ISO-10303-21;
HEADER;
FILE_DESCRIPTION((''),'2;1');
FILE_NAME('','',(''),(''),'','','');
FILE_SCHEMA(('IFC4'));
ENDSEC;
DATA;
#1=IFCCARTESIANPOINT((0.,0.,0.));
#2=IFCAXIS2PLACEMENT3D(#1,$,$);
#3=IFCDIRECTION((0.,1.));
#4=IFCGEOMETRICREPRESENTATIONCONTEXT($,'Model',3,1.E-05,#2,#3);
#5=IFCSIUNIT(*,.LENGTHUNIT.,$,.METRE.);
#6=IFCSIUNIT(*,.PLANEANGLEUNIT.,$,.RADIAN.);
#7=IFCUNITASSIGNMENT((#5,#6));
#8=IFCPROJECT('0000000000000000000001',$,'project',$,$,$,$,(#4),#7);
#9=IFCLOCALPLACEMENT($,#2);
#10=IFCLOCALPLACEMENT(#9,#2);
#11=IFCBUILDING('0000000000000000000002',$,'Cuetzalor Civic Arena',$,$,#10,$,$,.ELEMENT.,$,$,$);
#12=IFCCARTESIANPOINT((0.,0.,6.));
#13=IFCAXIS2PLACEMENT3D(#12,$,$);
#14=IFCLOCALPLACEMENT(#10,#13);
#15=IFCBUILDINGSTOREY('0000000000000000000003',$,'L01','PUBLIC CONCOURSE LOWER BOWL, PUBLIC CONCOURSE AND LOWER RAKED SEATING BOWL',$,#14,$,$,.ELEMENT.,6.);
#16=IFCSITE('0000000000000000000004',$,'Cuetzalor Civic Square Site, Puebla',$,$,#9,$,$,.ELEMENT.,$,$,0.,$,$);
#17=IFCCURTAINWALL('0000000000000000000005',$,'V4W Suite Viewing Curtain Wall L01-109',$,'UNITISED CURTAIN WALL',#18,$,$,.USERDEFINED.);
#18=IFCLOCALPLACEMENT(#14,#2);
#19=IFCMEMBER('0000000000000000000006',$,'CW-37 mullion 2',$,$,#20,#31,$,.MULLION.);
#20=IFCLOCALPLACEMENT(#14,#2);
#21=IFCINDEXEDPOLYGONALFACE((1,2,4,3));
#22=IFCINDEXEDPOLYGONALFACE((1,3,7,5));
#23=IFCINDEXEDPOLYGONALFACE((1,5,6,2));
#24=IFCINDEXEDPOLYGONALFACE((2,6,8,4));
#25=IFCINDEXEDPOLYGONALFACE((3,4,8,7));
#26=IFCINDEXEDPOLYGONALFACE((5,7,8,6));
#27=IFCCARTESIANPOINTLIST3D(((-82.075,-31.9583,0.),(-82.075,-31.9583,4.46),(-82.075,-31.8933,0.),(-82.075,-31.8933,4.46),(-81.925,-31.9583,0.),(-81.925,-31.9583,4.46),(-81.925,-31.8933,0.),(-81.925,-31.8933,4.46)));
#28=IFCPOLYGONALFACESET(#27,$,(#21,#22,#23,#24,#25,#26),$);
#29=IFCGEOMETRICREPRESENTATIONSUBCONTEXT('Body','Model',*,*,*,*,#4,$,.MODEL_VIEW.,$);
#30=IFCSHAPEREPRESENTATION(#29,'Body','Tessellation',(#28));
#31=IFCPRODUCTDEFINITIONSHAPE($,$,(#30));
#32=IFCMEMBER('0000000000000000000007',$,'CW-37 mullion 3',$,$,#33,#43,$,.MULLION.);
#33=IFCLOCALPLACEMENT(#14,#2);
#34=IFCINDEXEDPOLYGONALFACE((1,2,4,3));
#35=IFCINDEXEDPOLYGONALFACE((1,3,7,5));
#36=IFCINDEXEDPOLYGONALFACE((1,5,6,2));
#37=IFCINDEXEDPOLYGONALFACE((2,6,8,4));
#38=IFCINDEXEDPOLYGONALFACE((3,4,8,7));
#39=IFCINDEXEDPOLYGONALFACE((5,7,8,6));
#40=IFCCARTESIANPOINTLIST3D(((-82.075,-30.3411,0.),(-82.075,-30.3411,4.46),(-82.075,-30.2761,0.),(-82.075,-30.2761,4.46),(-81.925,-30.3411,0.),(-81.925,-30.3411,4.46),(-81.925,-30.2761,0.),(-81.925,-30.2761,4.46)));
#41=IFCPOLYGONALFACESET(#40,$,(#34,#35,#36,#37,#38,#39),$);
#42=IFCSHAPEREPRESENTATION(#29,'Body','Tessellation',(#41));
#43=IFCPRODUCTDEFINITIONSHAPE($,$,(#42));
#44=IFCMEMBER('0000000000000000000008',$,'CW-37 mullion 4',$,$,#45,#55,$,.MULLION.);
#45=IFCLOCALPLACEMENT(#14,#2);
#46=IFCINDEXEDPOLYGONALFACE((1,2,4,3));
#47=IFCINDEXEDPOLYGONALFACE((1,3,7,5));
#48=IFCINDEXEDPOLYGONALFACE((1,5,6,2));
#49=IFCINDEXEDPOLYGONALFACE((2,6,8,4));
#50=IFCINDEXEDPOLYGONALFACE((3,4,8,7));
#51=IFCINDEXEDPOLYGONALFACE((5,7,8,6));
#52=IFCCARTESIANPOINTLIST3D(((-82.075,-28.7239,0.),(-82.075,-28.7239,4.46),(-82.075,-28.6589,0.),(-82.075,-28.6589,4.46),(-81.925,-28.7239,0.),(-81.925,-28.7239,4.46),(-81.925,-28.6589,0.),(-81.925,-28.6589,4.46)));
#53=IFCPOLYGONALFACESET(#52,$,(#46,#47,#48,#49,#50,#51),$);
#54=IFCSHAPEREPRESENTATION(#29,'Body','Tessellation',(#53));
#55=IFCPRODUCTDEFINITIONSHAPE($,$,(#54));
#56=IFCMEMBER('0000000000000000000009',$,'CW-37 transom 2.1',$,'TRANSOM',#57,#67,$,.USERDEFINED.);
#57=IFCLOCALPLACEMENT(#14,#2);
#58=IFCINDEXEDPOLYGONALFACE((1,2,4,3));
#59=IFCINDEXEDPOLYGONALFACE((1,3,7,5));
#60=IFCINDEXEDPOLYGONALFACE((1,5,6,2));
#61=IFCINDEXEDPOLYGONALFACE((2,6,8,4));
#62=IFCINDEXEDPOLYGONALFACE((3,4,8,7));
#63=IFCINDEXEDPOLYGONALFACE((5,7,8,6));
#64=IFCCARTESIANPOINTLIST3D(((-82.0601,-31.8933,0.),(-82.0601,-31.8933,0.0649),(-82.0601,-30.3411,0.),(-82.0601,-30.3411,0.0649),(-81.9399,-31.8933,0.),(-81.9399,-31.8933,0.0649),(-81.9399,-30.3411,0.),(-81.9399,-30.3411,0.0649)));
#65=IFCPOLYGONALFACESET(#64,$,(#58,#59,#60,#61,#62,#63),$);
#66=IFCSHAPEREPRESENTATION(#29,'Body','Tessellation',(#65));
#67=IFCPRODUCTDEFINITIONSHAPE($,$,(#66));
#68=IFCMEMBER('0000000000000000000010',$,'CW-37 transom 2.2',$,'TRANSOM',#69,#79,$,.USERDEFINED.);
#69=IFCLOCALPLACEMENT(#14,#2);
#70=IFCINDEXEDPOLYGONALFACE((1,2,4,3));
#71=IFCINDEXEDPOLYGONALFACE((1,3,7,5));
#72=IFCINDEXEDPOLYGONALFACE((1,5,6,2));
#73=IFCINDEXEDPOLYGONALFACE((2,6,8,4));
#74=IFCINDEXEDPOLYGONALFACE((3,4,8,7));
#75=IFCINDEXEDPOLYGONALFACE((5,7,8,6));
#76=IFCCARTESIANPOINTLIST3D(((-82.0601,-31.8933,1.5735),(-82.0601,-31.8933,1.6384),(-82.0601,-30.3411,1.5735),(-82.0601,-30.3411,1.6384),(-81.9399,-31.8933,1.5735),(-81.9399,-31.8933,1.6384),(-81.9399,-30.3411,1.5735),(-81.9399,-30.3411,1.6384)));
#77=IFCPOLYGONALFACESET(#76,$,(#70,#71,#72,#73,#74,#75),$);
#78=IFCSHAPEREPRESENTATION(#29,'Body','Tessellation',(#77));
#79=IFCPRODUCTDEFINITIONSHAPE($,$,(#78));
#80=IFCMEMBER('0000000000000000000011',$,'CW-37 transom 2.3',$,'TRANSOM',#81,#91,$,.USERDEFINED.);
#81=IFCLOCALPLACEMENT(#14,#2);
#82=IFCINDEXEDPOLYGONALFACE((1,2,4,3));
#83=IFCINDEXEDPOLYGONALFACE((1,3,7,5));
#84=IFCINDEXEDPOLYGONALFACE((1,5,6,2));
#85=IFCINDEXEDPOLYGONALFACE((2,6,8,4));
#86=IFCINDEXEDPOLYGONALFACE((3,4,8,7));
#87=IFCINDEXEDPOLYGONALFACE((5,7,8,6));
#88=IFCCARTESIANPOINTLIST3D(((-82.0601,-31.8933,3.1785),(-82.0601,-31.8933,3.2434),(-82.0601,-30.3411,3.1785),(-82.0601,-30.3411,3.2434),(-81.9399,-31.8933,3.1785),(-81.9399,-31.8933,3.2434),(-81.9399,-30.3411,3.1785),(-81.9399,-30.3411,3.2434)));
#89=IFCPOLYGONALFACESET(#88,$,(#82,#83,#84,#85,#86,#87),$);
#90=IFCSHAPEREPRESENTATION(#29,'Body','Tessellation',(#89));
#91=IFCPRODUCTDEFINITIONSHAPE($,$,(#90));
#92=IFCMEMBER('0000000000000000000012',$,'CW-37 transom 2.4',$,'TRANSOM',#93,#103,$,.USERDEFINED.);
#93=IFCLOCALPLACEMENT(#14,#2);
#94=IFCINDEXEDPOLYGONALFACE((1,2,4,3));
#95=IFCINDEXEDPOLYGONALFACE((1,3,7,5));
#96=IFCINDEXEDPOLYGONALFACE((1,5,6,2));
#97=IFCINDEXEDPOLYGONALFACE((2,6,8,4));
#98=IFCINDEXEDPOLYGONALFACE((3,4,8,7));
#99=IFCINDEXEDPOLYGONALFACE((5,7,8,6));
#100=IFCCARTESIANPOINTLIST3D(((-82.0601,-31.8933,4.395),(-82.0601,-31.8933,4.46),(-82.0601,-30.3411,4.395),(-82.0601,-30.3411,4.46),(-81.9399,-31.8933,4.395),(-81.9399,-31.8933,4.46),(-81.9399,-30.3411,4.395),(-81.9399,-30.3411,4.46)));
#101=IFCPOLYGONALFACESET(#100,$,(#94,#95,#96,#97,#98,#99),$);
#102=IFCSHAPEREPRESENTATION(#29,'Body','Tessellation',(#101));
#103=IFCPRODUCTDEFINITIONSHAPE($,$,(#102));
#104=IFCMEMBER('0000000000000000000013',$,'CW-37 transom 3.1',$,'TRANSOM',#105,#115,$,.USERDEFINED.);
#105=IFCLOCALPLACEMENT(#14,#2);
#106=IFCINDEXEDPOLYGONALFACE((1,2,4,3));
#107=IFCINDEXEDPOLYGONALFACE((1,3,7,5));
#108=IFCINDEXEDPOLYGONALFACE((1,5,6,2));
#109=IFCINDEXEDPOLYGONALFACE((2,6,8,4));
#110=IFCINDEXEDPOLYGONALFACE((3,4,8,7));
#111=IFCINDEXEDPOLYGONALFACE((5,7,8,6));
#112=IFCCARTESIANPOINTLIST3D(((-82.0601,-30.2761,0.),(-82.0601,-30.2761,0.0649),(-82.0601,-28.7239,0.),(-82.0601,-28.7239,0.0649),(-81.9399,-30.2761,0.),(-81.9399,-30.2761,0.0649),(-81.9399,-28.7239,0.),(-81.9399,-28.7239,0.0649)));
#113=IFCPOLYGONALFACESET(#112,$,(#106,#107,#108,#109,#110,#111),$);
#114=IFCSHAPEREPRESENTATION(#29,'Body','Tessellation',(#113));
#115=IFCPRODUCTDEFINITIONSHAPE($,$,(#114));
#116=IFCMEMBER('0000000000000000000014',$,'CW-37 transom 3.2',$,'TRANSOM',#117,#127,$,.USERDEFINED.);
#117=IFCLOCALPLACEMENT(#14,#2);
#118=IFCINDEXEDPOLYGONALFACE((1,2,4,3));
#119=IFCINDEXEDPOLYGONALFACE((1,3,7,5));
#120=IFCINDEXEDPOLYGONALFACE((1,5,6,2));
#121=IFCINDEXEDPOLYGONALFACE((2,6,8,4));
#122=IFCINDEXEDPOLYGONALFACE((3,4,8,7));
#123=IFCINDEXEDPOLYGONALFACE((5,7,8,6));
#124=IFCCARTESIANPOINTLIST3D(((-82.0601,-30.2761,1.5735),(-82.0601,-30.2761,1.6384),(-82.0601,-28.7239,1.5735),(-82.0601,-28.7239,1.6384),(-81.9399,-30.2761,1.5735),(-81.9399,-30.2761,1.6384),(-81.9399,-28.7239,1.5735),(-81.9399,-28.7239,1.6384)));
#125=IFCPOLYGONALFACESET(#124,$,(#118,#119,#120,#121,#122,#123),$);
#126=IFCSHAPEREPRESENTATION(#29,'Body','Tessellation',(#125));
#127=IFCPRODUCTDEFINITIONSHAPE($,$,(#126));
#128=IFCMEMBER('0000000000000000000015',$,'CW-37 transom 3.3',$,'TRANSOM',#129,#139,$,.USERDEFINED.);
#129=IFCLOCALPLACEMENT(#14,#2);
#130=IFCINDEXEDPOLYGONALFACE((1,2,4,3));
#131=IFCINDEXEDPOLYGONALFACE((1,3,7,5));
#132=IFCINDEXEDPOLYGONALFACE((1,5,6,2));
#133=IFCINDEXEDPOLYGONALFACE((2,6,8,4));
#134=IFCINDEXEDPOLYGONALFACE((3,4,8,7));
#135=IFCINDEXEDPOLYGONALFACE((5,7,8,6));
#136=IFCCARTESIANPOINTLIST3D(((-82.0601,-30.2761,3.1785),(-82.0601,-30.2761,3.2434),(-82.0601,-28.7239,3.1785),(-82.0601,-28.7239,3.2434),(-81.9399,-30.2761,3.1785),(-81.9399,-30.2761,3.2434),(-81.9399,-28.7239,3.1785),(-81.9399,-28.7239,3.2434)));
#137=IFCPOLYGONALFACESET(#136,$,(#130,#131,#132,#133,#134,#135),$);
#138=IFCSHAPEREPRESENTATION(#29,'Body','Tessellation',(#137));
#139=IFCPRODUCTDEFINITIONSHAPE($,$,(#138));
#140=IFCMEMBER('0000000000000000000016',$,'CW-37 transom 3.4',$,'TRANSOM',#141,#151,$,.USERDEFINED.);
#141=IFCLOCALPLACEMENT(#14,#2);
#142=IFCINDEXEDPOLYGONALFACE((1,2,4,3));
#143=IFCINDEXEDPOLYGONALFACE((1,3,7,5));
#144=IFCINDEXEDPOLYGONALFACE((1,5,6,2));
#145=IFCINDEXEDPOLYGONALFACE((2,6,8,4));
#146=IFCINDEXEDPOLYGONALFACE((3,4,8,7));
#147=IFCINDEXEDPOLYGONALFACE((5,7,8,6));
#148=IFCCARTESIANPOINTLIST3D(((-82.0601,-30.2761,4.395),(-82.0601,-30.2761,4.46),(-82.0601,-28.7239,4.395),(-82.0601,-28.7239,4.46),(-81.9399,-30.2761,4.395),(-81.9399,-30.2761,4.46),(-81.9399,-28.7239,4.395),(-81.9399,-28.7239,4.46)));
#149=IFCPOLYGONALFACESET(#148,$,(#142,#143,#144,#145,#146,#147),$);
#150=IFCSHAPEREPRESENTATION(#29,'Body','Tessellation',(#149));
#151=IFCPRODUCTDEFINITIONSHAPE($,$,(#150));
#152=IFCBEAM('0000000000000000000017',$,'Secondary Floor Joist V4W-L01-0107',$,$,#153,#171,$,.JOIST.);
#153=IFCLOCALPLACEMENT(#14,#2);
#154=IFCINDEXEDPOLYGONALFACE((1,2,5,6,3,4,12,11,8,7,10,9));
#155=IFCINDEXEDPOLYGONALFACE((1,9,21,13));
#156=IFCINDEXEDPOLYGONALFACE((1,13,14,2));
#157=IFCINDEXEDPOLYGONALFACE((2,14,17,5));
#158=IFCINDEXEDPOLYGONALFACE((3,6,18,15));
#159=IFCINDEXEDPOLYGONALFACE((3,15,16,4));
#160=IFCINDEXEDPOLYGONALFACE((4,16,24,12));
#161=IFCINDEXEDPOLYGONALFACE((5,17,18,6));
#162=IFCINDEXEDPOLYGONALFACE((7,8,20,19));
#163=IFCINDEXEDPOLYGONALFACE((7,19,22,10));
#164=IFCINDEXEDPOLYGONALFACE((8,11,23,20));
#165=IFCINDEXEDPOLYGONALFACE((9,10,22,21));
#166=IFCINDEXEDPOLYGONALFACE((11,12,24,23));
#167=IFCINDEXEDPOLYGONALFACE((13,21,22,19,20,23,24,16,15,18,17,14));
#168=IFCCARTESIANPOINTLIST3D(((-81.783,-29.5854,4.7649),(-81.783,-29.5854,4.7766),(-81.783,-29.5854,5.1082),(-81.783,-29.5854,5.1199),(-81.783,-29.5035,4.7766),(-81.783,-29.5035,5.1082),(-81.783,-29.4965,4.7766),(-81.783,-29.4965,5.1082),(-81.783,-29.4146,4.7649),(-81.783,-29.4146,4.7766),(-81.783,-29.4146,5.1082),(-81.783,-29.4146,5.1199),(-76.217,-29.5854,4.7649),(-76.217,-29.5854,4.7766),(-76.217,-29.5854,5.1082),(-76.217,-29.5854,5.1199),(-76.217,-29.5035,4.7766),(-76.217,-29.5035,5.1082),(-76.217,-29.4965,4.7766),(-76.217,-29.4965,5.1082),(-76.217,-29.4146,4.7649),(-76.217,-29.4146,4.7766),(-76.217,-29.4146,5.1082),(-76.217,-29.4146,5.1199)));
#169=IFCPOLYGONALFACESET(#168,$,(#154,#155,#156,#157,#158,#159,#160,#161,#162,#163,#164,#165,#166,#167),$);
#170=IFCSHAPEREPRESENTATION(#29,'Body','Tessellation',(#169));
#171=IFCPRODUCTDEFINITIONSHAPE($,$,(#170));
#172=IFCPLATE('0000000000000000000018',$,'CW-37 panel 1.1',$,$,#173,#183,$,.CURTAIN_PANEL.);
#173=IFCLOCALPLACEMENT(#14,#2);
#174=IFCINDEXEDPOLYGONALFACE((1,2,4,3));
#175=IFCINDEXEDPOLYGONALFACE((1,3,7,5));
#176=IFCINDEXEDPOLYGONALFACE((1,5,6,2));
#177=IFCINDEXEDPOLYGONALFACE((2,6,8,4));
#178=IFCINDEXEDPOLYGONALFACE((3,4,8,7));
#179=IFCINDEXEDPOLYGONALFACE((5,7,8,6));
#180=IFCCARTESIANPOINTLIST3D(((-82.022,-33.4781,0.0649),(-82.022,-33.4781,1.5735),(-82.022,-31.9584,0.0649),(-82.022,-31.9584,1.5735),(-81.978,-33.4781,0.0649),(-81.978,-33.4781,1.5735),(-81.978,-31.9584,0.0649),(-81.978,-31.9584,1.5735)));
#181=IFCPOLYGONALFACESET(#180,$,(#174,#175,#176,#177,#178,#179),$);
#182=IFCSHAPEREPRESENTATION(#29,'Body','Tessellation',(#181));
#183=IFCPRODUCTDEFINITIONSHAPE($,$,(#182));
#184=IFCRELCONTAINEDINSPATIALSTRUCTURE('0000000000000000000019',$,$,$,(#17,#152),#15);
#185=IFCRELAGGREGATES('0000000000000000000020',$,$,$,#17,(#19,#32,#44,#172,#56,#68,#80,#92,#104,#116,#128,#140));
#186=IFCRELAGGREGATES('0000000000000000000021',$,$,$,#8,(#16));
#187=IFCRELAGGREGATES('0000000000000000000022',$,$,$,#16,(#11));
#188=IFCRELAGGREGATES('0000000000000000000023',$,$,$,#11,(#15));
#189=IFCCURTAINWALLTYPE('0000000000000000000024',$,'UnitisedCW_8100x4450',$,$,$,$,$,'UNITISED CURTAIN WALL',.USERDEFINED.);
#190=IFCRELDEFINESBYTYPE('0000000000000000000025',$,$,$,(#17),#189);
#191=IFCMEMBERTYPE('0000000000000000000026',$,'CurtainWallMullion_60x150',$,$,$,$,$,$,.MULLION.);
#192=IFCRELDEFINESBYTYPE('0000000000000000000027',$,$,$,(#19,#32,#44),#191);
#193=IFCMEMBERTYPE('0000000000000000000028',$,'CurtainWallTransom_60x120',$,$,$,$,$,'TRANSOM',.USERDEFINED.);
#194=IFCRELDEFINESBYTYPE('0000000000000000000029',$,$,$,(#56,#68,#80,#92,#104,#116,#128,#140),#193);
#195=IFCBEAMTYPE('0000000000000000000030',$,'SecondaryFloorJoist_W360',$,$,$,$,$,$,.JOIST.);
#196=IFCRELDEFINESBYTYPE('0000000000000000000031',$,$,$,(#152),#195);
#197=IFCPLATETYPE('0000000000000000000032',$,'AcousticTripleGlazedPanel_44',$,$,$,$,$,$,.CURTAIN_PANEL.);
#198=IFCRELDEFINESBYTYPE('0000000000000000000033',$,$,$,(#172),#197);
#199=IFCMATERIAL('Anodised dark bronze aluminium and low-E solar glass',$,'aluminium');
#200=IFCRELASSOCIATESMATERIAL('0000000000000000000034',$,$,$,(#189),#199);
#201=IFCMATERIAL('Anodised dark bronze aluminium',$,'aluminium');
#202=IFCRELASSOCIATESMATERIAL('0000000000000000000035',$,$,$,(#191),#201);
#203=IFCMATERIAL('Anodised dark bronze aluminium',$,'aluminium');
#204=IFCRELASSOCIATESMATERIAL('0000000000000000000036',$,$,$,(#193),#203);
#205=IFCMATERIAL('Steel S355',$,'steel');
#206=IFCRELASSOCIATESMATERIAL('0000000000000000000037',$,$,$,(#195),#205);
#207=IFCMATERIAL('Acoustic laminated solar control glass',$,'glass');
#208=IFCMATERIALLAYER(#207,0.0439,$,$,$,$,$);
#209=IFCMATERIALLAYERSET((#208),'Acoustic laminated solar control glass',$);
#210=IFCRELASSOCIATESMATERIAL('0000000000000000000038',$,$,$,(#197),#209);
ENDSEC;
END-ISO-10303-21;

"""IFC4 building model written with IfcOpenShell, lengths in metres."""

from ifc_helpers import new_model, si_unit, direction, frame, origin, origin_2d, place, context, subcontext, project, spatial, rectangle, i_section, extrude, material, layer, layer_set, material_profile, profile_set, type_object, element, aggregate, save


model = new_model("IFC4")

# Units and contexts
model_context = context("Model", 3, precision=1e-05, world=origin(), true_north=direction((0.0, 1.0)))
body_context = subcontext(model_context, "Body", "Model", "MODEL_VIEW")
ifc_project = project(units=[si_unit("LENGTHUNIT", "METRE"), si_unit("PLANEANGLEUNIT", "RADIAN")], contexts=[model_context])

# Site, building, storey
site_placement = place(None, origin())
site = spatial("IfcSite", under=ifc_project, at=site_placement, Name="Cuetzalor Civic Square Site, Puebla", CompositionType="ELEMENT", RefElevation=0.0)
building_placement = place(site_placement, origin())
building = spatial("IfcBuilding", under=site, at=building_placement, Name="Cuetzalor Civic Arena", CompositionType="ELEMENT")
storey_placement = place(building_placement, frame((0.0, 0.0, 6.0)))
storey = spatial("IfcBuildingStorey", under=building, at=storey_placement, Name="L01", Description="PUBLIC CONCOURSE LOWER BOWL, PUBLIC CONCOURSE AND LOWER RAKED SEATING BOWL", CompositionType="ELEMENT", Elevation=6.0)

# Curtain wall, members
ifc_material_1 = material(Name="Anodised dark bronze aluminium and low-E solar glass", Category="aluminium")
curtain_wall_type = type_object("IfcCurtainWallType", Name="UnitisedCW_8100x4450", ElementType="UNITISED CURTAIN WALL", PredefinedType="USERDEFINED", material=ifc_material_1)
curtain_wall_placement = place(storey_placement, origin())
curtain_wall = element("IfcCurtainWall", 1, at=curtain_wall_placement, inside=storey, type_object=curtain_wall_type, Name="V4W Suite Viewing Curtain Wall L01-109", ObjectType="UNITISED CURTAIN WALL", PredefinedType="USERDEFINED")
ifc_material_2 = material(Name="Anodised dark bronze aluminium", Category="aluminium")
ifc_material_profile_1 = material_profile(ifc_material_2, rectangle(XDim=0.0649, YDim=0.1499, at=origin_2d()), Name="ALU MULLION 65x150")
ifc_profile_set_1 = profile_set([ifc_material_profile_1], Name="Anodised dark bronze aluminium")
member_type_1 = type_object("IfcMemberType", Name="CurtainWallMullion_60x150", PredefinedType="MULLION", material=ifc_profile_set_1)
member_1_placement = place(storey_placement, frame((-82.0, -31.9258, 0.0), z_axis=(0.0, 0.0, 1.0), x_axis=(0.0, 1.0, 0.0)))
member_1 = element("IfcMember", 2, at=member_1_placement, type_object=member_type_1, Name="CW-37 mullion 2", PredefinedType="MULLION", context=body_context, shape_type="SweptSolid", body=[
    extrude(rectangle(XDim=0.0649, YDim=0.1499, at=origin_2d()), origin(), (0.0, 0.0, 1.0), 4.46),
])
member_2_placement = place(storey_placement, frame((-82.0, -30.3086, 0.0), z_axis=(0.0, 0.0, 1.0), x_axis=(0.0, 1.0, 0.0)))
member_2 = element("IfcMember", 3, at=member_2_placement, type_object=member_type_1, Name="CW-37 mullion 3", PredefinedType="MULLION", context=body_context, shape_type="SweptSolid", body=[
    extrude(rectangle(XDim=0.0649, YDim=0.1499, at=origin_2d()), origin(), (0.0, 0.0, 1.0), 4.46),
])
member_3_placement = place(storey_placement, frame((-82.0, -28.6914, 0.0), z_axis=(0.0, 0.0, 1.0), x_axis=(0.0, 1.0, 0.0)))
member_3 = element("IfcMember", 4, at=member_3_placement, type_object=member_type_1, Name="CW-37 mullion 4", PredefinedType="MULLION", context=body_context, shape_type="SweptSolid", body=[
    extrude(rectangle(XDim=0.0649, YDim=0.1499, at=origin_2d()), origin(), (0.0, 0.0, 1.0), 4.46),
])
ifc_material_3 = material(Name="Anodised dark bronze aluminium", Category="aluminium")
ifc_material_profile_2 = material_profile(ifc_material_3, rectangle(XDim=0.1201, YDim=0.0649, at=origin_2d()), Name="ALU TRANSOM 65x120")
ifc_profile_set_2 = profile_set([ifc_material_profile_2], Name="Anodised dark bronze aluminium")
member_type_2 = type_object("IfcMemberType", Name="CurtainWallTransom_60x120", ElementType="TRANSOM", PredefinedType="USERDEFINED", material=ifc_profile_set_2)
member_4_placement = place(storey_placement, frame((-82.0, -31.8933, 0.0325), z_axis=(0.0, 1.0, 0.0), x_axis=(-1.0, 0.0, 0.0)))
member_4 = element("IfcMember", 5, at=member_4_placement, type_object=member_type_2, Name="CW-37 transom 2.1", ObjectType="TRANSOM", PredefinedType="USERDEFINED", context=body_context, shape_type="SweptSolid", body=[
    extrude(rectangle(XDim=0.1201, YDim=0.0649, at=origin_2d()), origin(), (0.0, 0.0, 1.0), 1.5522),
])
member_5_placement = place(storey_placement, frame((-82.0, -31.8933, 1.606), z_axis=(0.0, 1.0, 0.0), x_axis=(-1.0, 0.0, 0.0)))
member_5 = element("IfcMember", 6, at=member_5_placement, type_object=member_type_2, Name="CW-37 transom 2.2", ObjectType="TRANSOM", PredefinedType="USERDEFINED", context=body_context, shape_type="SweptSolid", body=[
    extrude(rectangle(XDim=0.1201, YDim=0.0649, at=origin_2d()), origin(), (0.0, 0.0, 1.0), 1.5522),
])
member_6_placement = place(storey_placement, frame((-82.0, -31.8933, 3.2109), z_axis=(0.0, 1.0, 0.0), x_axis=(-1.0, 0.0, 0.0)))
member_6 = element("IfcMember", 7, at=member_6_placement, type_object=member_type_2, Name="CW-37 transom 2.3", ObjectType="TRANSOM", PredefinedType="USERDEFINED", context=body_context, shape_type="SweptSolid", body=[
    extrude(rectangle(XDim=0.1201, YDim=0.0649, at=origin_2d()), origin(), (0.0, 0.0, 1.0), 1.5522),
])
member_7_placement = place(storey_placement, frame((-82.0, -31.8933, 4.4275), z_axis=(0.0, 1.0, 0.0), x_axis=(-1.0, 0.0, 0.0)))
member_7 = element("IfcMember", 8, at=member_7_placement, type_object=member_type_2, Name="CW-37 transom 2.4", ObjectType="TRANSOM", PredefinedType="USERDEFINED", context=body_context, shape_type="SweptSolid", body=[
    extrude(rectangle(XDim=0.1201, YDim=0.0649, at=origin_2d()), origin(), (0.0, 0.0, 1.0), 1.5522),
])
member_8_placement = place(storey_placement, frame((-82.0, -30.2761, 0.0325), z_axis=(0.0, 1.0, 0.0), x_axis=(-1.0, 0.0, 0.0)))
member_8 = element("IfcMember", 9, at=member_8_placement, type_object=member_type_2, Name="CW-37 transom 3.1", ObjectType="TRANSOM", PredefinedType="USERDEFINED", context=body_context, shape_type="SweptSolid", body=[
    extrude(rectangle(XDim=0.1201, YDim=0.0649, at=origin_2d()), origin(), (0.0, 0.0, 1.0), 1.5522),
])
member_9_placement = place(storey_placement, frame((-82.0, -30.2761, 1.606), z_axis=(0.0, 1.0, 0.0), x_axis=(-1.0, 0.0, 0.0)))
member_9 = element("IfcMember", 10, at=member_9_placement, type_object=member_type_2, Name="CW-37 transom 3.2", ObjectType="TRANSOM", PredefinedType="USERDEFINED", context=body_context, shape_type="SweptSolid", body=[
    extrude(rectangle(XDim=0.1201, YDim=0.0649, at=origin_2d()), origin(), (0.0, 0.0, 1.0), 1.5522),
])
member_10_placement = place(storey_placement, frame((-82.0, -30.2761, 3.2109), z_axis=(0.0, 1.0, 0.0), x_axis=(-1.0, 0.0, 0.0)))
member_10 = element("IfcMember", 11, at=member_10_placement, type_object=member_type_2, Name="CW-37 transom 3.3", ObjectType="TRANSOM", PredefinedType="USERDEFINED", context=body_context, shape_type="SweptSolid", body=[
    extrude(rectangle(XDim=0.1201, YDim=0.0649, at=origin_2d()), origin(), (0.0, 0.0, 1.0), 1.5522),
])
member_11_placement = place(storey_placement, frame((-82.0, -30.2761, 4.4275), z_axis=(0.0, 1.0, 0.0), x_axis=(-1.0, 0.0, 0.0)))
member_11 = element("IfcMember", 12, at=member_11_placement, type_object=member_type_2, Name="CW-37 transom 3.4", ObjectType="TRANSOM", PredefinedType="USERDEFINED", context=body_context, shape_type="SweptSolid", body=[
    extrude(rectangle(XDim=0.1201, YDim=0.0649, at=origin_2d()), origin(), (0.0, 0.0, 1.0), 1.5522),
])

# Beam
ifc_material_4 = material(Name="Steel S355", Category="steel")
ifc_material_profile_3 = material_profile(ifc_material_4, i_section(OverallWidth=0.1709, OverallDepth=0.355, WebThickness=0.0071, FlangeThickness=0.0117, at=origin_2d()), Name="W360x51")
ifc_profile_set_3 = profile_set([ifc_material_profile_3], Name="Steel S355")
beam_type = type_object("IfcBeamType", Name="SecondaryFloorJoist_W360", PredefinedType="JOIST", material=ifc_profile_set_3)
beam_placement = place(storey_placement, frame((-81.783, -29.5, 4.9424), z_axis=(1.0, 0.0, 0.0), x_axis=(0.0, 1.0, 0.0)))
element("IfcBeam", 13, at=beam_placement, inside=storey, type_object=beam_type, Name="Secondary Floor Joist V4W-L01-0107", PredefinedType="JOIST", context=body_context, shape_type="SweptSolid", body=[
    extrude(i_section(OverallWidth=0.1709, OverallDepth=0.355, WebThickness=0.0071, FlangeThickness=0.0117, at=origin_2d()), origin(), (0.0, 0.0, 1.0), 5.5659),
])

# Plate
ifc_material_5 = material(Name="Acoustic laminated solar control glass", Category="glass")
ifc_layer_1 = layer(ifc_material_5, 0.0439)
ifc_layer_set_1 = layer_set([ifc_layer_1], Name="Acoustic laminated solar control glass")
plate_type = type_object("IfcPlateType", Name="AcousticTripleGlazedPanel_44", PredefinedType="CURTAIN_PANEL", material=ifc_layer_set_1)
plate_1_placement = place(storey_placement, frame((-82.0, -32.7183, 0.0649), z_axis=(0.0, 0.0, 1.0), x_axis=(0.0, 1.0, 0.0)))
plate_1 = element("IfcPlate", 14, at=plate_1_placement, type_object=plate_type, Name="CW-37 panel 1.1", PredefinedType="CURTAIN_PANEL", context=body_context, shape_type="SweptSolid", body=[
    extrude(rectangle(XDim=1.5198, YDim=0.0439, at=origin_2d()), origin(), (0.0, 0.0, 1.0), 1.5085),
])
aggregate(curtain_wall, [member_1, member_2, member_3, plate_1, member_4, member_5, member_6, member_7, member_8, member_9, member_10, member_11])

save(model, "model.ifc")
